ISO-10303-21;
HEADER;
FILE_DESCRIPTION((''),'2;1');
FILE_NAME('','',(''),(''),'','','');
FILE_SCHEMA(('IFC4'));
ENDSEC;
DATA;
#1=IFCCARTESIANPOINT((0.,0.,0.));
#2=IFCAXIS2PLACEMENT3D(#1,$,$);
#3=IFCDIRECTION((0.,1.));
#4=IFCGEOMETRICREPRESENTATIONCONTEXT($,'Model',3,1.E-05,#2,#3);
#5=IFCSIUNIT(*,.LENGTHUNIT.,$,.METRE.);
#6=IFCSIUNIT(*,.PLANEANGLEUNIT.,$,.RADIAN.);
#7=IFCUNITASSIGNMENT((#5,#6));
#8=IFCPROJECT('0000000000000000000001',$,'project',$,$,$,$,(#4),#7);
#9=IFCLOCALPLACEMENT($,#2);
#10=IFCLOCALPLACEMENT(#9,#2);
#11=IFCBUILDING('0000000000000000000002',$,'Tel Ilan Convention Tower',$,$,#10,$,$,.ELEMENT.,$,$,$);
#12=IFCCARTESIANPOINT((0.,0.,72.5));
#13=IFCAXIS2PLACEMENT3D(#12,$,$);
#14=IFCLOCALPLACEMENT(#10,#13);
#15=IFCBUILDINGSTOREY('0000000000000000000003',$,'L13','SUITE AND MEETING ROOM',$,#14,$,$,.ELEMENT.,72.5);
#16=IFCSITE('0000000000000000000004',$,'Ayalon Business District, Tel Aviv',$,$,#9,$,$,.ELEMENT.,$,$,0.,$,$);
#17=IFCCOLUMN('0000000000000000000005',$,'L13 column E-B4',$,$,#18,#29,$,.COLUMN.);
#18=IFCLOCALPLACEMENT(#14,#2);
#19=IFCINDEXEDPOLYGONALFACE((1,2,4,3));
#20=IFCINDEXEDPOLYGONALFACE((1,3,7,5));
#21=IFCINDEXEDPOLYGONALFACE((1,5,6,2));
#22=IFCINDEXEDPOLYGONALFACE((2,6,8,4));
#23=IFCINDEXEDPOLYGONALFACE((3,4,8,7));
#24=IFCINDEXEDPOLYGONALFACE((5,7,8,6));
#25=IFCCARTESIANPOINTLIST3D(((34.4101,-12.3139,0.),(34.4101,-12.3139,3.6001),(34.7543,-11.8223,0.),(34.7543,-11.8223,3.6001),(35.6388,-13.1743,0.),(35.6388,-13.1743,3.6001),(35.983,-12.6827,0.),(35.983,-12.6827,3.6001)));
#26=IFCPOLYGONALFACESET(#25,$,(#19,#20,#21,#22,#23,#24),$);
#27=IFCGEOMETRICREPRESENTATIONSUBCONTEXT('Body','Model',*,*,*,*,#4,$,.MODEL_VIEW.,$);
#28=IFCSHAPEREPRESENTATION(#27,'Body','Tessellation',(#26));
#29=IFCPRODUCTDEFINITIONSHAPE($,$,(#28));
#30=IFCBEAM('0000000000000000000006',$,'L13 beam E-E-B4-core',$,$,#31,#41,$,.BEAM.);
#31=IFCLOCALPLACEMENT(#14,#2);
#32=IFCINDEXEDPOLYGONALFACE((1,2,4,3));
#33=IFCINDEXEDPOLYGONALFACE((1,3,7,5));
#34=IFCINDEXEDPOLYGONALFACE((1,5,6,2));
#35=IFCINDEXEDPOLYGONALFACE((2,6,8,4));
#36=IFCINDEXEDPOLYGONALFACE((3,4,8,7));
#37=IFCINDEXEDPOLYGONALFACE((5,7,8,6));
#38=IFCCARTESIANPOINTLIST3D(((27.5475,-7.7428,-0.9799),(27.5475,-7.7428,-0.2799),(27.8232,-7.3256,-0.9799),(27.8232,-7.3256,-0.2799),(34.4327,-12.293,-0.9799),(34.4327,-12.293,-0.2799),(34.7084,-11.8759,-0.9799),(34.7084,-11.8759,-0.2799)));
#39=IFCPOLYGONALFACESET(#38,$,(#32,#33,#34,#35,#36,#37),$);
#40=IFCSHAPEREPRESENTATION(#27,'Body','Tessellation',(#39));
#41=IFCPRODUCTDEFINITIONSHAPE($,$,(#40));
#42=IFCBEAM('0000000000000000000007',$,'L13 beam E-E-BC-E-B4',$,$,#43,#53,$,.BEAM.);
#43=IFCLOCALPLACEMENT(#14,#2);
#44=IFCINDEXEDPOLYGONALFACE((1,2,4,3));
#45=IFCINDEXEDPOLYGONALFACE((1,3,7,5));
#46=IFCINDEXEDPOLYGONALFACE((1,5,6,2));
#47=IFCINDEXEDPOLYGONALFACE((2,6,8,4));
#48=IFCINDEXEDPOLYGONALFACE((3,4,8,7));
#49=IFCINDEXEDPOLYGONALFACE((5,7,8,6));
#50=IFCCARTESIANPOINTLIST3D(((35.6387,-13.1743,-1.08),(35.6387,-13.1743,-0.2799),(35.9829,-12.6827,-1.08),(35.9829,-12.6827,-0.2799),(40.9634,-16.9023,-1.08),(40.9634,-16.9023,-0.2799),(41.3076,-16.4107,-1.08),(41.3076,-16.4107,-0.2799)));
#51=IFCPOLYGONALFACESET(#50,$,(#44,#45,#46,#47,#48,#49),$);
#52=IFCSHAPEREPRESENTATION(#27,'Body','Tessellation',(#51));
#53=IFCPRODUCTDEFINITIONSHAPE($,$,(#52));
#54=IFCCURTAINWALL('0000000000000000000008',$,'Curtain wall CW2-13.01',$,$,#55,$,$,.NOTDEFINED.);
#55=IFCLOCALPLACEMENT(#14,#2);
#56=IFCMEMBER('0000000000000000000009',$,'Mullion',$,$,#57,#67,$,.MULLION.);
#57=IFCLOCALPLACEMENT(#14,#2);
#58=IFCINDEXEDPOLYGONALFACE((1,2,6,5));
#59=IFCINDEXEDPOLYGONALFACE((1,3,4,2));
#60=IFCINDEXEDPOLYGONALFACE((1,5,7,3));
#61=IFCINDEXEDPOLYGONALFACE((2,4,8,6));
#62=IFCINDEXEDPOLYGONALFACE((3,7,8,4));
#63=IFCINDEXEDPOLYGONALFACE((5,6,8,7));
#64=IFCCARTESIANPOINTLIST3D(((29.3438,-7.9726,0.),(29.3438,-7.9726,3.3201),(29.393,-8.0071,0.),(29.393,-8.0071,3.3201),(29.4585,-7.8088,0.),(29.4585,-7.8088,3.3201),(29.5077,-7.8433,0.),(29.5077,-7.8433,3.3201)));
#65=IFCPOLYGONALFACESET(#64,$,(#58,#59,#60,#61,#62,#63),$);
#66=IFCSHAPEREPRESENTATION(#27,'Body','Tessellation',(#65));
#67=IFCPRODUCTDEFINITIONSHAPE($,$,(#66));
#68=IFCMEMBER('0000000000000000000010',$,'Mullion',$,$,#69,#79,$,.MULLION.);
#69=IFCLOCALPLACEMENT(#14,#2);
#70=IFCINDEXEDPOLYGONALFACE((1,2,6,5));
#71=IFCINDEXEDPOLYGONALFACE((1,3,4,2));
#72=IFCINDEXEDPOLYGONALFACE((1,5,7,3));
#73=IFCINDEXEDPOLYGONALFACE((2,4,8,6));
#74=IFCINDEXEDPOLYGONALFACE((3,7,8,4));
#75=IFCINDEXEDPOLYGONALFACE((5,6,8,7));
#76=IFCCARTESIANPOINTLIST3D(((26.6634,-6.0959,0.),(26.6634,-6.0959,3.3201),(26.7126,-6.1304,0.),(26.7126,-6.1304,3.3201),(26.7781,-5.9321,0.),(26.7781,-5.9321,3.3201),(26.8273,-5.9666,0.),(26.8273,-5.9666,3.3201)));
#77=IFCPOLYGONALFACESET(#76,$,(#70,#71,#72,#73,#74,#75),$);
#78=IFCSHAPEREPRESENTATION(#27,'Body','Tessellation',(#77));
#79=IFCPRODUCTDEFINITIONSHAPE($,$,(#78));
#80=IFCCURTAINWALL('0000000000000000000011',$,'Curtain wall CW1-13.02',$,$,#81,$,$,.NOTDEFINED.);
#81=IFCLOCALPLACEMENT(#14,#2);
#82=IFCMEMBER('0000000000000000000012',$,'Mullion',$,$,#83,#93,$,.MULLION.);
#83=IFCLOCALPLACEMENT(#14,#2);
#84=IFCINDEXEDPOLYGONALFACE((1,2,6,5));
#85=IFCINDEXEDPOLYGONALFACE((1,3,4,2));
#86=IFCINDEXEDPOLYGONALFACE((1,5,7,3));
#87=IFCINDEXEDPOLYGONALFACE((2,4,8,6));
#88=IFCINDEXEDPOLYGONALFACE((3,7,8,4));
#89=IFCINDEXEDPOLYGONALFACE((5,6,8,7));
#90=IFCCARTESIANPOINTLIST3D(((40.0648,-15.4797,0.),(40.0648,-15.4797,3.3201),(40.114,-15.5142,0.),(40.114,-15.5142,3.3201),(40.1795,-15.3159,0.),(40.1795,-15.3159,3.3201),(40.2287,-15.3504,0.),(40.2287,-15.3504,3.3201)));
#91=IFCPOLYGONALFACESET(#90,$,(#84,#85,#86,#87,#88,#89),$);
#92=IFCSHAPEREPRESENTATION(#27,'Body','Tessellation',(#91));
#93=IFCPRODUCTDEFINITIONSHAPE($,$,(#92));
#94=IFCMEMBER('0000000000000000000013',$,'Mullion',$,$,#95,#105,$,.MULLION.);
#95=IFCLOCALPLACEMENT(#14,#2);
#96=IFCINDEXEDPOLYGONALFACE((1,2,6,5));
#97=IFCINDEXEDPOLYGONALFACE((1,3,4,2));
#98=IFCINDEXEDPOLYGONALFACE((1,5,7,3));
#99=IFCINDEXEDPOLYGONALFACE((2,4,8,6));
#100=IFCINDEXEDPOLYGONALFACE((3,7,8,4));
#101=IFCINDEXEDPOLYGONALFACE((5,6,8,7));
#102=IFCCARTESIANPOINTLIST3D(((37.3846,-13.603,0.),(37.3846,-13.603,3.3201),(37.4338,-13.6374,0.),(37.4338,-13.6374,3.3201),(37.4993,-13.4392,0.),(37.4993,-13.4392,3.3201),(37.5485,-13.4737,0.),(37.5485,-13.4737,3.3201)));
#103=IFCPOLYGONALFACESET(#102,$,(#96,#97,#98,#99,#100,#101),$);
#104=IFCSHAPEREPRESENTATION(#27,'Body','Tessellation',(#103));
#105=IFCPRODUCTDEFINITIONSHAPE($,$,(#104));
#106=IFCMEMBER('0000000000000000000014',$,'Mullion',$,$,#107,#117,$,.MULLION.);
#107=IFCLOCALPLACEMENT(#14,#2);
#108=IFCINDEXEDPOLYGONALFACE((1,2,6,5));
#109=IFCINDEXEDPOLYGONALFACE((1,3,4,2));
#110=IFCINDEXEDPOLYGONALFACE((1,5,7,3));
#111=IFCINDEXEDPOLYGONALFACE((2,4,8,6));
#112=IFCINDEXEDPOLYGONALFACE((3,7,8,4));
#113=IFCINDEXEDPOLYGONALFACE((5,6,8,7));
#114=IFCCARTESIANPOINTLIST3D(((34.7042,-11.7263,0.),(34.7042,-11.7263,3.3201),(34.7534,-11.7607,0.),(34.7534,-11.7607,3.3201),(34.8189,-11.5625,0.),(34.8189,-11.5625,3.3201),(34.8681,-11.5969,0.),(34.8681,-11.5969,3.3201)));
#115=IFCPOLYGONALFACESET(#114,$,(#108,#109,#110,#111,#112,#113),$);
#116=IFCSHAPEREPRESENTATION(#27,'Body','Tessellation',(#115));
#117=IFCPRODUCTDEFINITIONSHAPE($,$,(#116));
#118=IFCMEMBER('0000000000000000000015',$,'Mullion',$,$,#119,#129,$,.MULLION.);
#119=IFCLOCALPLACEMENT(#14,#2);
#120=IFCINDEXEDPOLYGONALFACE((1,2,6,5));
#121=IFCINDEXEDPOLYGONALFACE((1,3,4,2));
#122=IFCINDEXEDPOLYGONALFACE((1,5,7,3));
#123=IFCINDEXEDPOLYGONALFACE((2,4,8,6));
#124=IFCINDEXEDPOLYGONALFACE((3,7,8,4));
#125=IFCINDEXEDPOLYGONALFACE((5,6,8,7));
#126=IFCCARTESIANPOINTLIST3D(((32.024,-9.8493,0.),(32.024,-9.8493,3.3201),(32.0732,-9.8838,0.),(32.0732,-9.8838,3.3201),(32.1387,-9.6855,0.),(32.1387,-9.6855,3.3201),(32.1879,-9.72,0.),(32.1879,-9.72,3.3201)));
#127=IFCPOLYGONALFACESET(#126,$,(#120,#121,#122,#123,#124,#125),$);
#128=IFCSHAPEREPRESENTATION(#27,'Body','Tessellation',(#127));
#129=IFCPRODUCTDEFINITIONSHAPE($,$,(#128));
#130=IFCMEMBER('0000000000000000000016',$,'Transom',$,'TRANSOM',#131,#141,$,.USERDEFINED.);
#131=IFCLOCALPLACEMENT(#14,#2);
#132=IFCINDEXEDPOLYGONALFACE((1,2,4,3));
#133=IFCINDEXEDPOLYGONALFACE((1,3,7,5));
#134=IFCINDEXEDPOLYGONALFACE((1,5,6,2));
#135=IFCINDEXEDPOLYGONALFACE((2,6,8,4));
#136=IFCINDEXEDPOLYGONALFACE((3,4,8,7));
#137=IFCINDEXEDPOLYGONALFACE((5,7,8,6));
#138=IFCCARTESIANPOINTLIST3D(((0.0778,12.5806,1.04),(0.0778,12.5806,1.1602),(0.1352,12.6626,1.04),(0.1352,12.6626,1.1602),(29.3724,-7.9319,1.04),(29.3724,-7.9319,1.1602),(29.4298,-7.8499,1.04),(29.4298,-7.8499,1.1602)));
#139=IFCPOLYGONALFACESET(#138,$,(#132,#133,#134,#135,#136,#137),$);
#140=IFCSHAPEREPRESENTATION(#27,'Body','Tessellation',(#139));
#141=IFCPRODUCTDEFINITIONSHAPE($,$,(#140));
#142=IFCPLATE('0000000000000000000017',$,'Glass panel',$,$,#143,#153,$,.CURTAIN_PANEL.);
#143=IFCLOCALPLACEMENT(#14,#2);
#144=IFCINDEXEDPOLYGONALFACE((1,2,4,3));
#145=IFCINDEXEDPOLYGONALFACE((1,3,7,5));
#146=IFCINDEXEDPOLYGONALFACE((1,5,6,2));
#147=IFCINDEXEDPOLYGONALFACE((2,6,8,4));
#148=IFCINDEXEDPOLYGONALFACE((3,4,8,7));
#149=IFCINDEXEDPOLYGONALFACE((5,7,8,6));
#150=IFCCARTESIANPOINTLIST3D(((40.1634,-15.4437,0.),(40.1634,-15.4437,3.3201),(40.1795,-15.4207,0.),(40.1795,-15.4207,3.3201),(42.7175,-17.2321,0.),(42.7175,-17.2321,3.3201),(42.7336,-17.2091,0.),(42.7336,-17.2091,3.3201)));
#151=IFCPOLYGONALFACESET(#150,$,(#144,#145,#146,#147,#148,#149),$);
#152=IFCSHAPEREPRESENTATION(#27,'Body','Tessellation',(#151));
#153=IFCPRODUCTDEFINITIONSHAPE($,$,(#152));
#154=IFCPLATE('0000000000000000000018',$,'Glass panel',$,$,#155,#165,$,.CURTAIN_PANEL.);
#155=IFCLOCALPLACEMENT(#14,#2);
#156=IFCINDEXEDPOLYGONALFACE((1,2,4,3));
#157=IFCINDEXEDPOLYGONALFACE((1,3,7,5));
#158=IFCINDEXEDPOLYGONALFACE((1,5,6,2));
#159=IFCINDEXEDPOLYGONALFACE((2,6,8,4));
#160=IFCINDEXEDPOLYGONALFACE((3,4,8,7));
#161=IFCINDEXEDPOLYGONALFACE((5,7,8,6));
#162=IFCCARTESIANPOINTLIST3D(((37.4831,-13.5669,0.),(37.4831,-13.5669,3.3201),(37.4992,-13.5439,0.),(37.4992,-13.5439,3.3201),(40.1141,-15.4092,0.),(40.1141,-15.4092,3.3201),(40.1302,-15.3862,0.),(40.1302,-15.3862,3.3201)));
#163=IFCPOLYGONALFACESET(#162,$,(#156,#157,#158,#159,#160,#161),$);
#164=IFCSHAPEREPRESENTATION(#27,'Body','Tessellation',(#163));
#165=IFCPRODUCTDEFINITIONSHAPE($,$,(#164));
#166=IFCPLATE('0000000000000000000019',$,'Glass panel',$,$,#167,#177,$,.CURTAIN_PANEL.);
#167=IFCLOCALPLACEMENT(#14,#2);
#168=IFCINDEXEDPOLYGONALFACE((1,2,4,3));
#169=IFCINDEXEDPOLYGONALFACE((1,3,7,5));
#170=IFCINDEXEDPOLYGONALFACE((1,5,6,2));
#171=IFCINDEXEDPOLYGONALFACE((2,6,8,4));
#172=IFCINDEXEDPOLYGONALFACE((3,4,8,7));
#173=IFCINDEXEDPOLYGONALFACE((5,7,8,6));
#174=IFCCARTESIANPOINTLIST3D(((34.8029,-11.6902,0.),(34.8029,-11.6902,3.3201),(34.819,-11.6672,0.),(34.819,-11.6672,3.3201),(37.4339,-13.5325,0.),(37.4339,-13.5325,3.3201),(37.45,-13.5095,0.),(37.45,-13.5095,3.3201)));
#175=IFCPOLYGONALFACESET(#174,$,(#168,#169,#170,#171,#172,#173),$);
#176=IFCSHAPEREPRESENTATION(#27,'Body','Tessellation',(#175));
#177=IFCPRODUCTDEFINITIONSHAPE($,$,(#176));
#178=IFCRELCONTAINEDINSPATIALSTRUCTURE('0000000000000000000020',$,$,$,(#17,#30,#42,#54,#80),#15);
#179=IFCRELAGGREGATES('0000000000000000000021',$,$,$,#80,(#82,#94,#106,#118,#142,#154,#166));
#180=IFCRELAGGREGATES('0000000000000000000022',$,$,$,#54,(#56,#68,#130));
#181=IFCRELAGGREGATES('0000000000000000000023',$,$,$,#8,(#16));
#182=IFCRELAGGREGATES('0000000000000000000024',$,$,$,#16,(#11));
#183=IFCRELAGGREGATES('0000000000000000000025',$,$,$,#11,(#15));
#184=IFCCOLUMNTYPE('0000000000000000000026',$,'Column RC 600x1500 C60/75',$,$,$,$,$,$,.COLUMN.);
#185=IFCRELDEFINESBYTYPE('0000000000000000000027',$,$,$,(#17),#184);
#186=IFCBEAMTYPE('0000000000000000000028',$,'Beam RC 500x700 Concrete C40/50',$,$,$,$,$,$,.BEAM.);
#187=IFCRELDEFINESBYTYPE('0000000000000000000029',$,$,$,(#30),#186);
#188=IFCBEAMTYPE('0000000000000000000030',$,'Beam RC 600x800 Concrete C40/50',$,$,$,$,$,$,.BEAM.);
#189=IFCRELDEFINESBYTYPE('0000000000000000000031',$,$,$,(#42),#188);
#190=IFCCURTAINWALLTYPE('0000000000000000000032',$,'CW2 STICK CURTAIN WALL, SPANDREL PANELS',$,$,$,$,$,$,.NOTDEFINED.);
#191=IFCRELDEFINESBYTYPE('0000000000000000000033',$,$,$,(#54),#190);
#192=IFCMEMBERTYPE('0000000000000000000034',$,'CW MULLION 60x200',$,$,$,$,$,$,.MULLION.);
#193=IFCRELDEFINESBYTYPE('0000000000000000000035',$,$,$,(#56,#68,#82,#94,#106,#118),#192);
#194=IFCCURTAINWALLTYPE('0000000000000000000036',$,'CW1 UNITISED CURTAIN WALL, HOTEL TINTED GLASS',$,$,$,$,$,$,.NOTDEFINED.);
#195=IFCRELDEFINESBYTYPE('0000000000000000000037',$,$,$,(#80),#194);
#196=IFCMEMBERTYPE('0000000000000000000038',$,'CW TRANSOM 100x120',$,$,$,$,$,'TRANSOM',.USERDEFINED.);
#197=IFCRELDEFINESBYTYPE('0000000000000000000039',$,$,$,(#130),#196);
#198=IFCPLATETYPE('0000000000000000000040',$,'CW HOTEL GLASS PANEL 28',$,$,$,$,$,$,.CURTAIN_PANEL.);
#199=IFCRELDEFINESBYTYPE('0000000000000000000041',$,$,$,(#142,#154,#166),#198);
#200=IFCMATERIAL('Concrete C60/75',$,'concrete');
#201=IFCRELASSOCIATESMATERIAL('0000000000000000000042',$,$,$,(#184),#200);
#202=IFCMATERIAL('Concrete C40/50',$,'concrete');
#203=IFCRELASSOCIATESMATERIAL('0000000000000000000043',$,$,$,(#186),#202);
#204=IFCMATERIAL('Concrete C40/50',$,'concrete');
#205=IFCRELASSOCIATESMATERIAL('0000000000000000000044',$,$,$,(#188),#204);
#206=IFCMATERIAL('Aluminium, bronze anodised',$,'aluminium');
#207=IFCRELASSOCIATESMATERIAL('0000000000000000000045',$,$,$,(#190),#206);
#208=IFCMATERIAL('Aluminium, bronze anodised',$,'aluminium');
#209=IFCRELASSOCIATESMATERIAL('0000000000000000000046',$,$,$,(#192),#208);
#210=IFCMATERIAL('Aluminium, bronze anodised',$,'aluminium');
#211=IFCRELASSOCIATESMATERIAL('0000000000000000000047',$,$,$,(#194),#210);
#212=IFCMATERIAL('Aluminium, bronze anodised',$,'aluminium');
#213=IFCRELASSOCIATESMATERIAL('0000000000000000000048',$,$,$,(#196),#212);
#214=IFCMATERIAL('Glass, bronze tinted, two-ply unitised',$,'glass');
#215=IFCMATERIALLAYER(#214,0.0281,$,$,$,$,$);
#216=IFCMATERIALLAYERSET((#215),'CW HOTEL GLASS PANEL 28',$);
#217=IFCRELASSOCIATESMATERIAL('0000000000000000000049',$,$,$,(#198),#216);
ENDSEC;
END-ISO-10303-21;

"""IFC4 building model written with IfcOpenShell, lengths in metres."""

from ifc_helpers import new_model, si_unit, direction, frame, origin, origin_2d, place, context, subcontext, project, spatial, rectangle, extrude, material, layer, layer_set, material_profile, profile_set, type_object, element, aggregate, save


model = new_model("IFC4")

# Units and contexts
model_context = context("Model", 3, precision=1e-05, world=origin(), true_north=direction((0.0, 1.0)))
body_context = subcontext(model_context, "Body", "Model", "MODEL_VIEW")
ifc_project = project(units=[si_unit("LENGTHUNIT", "METRE"), si_unit("PLANEANGLEUNIT", "RADIAN")], contexts=[model_context])

# Site, building, storey
site_placement = place(None, origin())
site = spatial("IfcSite", under=ifc_project, at=site_placement, Name="Ayalon Business District, Tel Aviv", CompositionType="ELEMENT", RefElevation=0.0)
building_placement = place(site_placement, origin())
building = spatial("IfcBuilding", under=site, at=building_placement, Name="Tel Ilan Convention Tower", CompositionType="ELEMENT")
storey_placement = place(building_placement, frame((0.0, 0.0, 72.5)))
storey = spatial("IfcBuildingStorey", under=building, at=storey_placement, Name="L13", Description="SUITE AND MEETING ROOM", CompositionType="ELEMENT", Elevation=72.5)

# Column
ifc_material_1 = material(Name="Concrete C60/75", Category="concrete")
ifc_material_profile_1 = material_profile(ifc_material_1, rectangle(XDim=1.5, YDim=0.6001, at=origin_2d()), Name="RC 600x1500")
ifc_profile_set_1 = profile_set([ifc_material_profile_1], Name="Concrete C60/75")
column_type = type_object("IfcColumnType", Name="Column RC 600x1500 C60/75", PredefinedType="COLUMN", material=ifc_profile_set_1)
column_placement = place(storey_placement, frame((35.1965, -12.4983, 0.0), z_axis=(0.0, 0.0, 1.0), x_axis=(0.819152, -0.573576, 0.0)))
element("IfcColumn", 1, at=column_placement, inside=storey, type_object=column_type, Name="L13 column E-B4", PredefinedType="COLUMN", context=body_context, shape_type="SweptSolid", body=[
    extrude(rectangle(XDim=1.5, YDim=0.6001, at=origin_2d()), origin(), (0.0, 0.0, 1.0), 3.6001),
])

# Beams
ifc_material_2 = material(Name="Concrete C40/50", Category="concrete")
ifc_material_profile_2 = material_profile(ifc_material_2, rectangle(XDim=0.5, YDim=0.7, at=origin_2d()), Name="RC 500x700")
ifc_profile_set_2 = profile_set([ifc_material_profile_2], Name="Concrete C40/50")
beam_type_1 = type_object("IfcBeamType", Name="Beam RC 500x700 Concrete C40/50", PredefinedType="BEAM", material=ifc_profile_set_2)
beam_1_placement = place(storey_placement, frame((34.5706, -12.0845, -0.6299), z_axis=(-0.834274, 0.551351, 0.0), x_axis=(-0.551351, -0.834274, 0.0)))
element("IfcBeam", 2, at=beam_1_placement, inside=storey, type_object=beam_type_1, Name="L13 beam E-E-B4-core", PredefinedType="BEAM", context=body_context, shape_type="SweptSolid", body=[
    extrude(rectangle(XDim=0.5, YDim=0.7, at=origin_2d()), origin(), (0.0, 0.0, 1.0), 8.2529),
])
ifc_material_3 = material(Name="Concrete C40/50", Category="concrete")
ifc_material_profile_3 = material_profile(ifc_material_3, rectangle(XDim=0.6001, YDim=0.8, at=origin_2d()), Name="RC 600x800")
ifc_profile_set_3 = profile_set([ifc_material_profile_3], Name="Concrete C40/50")
beam_type_2 = type_object("IfcBeamType", Name="Beam RC 600x800 Concrete C40/50", PredefinedType="BEAM", material=ifc_profile_set_3)
beam_2_placement = place(storey_placement, frame((41.1355, -16.6565, -0.6799), z_axis=(-0.819179, 0.573538, 0.0), x_axis=(-0.573538, -0.819179, 0.0)))
element("IfcBeam", 3, at=beam_2_placement, inside=storey, type_object=beam_type_2, Name="L13 beam E-E-BC-E-B4", PredefinedType="BEAM", context=body_context, shape_type="SweptSolid", body=[
    extrude(rectangle(XDim=0.6001, YDim=0.8, at=origin_2d()), origin(), (0.0, 0.0, 1.0), 6.5),
])

# Curtain walls, members
ifc_material_4 = material(Name="Aluminium, bronze anodised", Category="aluminium")
curtain_wall_type_1 = type_object("IfcCurtainWallType", Name="CW2 STICK CURTAIN WALL, SPANDREL PANELS", PredefinedType="NOTDEFINED", material=ifc_material_4)
curtain_wall_1_placement = place(storey_placement, origin())
curtain_wall_1 = element("IfcCurtainWall", 4, at=curtain_wall_1_placement, inside=storey, type_object=curtain_wall_type_1, Name="Curtain wall CW2-13.01", PredefinedType="NOTDEFINED")
ifc_material_5 = material(Name="Aluminium, bronze anodised", Category="aluminium")
ifc_material_profile_4 = material_profile(ifc_material_5, rectangle(XDim=0.0601, YDim=0.2, at=origin_2d()), Name="CW MULLION 60x200")
ifc_profile_set_4 = profile_set([ifc_material_profile_4], Name="Aluminium, bronze anodised")
member_type_1 = type_object("IfcMemberType", Name="CW MULLION 60x200", PredefinedType="MULLION", material=ifc_profile_set_4)
member_1_placement = place(storey_placement, frame((29.4258, -7.908, 0.0), z_axis=(0.0, 0.0, 1.0), x_axis=(-0.819152, 0.573576, 0.0)))
member_1 = element("IfcMember", 5, at=member_1_placement, type_object=member_type_1, Name="Mullion", PredefinedType="MULLION", context=body_context, shape_type="SweptSolid", body=[
    extrude(rectangle(XDim=0.0601, YDim=0.2, at=origin_2d()), origin(), (0.0, 0.0, 1.0), 3.3201),
])
member_2_placement = place(storey_placement, frame((26.7454, -6.0312, 0.0), z_axis=(0.0, 0.0, 1.0), x_axis=(-0.819152, 0.573576, 0.0)))
member_2 = element("IfcMember", 6, at=member_2_placement, type_object=member_type_1, Name="Mullion", PredefinedType="MULLION", context=body_context, shape_type="SweptSolid", body=[
    extrude(rectangle(XDim=0.0601, YDim=0.2, at=origin_2d()), origin(), (0.0, 0.0, 1.0), 3.3201),
])
ifc_material_6 = material(Name="Aluminium, bronze anodised", Category="aluminium")
curtain_wall_type_2 = type_object("IfcCurtainWallType", Name="CW1 UNITISED CURTAIN WALL, HOTEL TINTED GLASS", PredefinedType="NOTDEFINED", material=ifc_material_6)
curtain_wall_2_placement = place(storey_placement, origin())
curtain_wall_2 = element("IfcCurtainWall", 7, at=curtain_wall_2_placement, inside=storey, type_object=curtain_wall_type_2, Name="Curtain wall CW1-13.02", PredefinedType="NOTDEFINED")
member_3_placement = place(storey_placement, frame((40.1467, -15.415, 0.0), z_axis=(0.0, 0.0, 1.0), x_axis=(-0.819152, 0.573576, 0.0)))
member_3 = element("IfcMember", 8, at=member_3_placement, type_object=member_type_1, Name="Mullion", PredefinedType="MULLION", context=body_context, shape_type="SweptSolid", body=[
    extrude(rectangle(XDim=0.0601, YDim=0.2, at=origin_2d()), origin(), (0.0, 0.0, 1.0), 3.3201),
])
member_4_placement = place(storey_placement, frame((37.4666, -13.5383, 0.0), z_axis=(0.0, 0.0, 1.0), x_axis=(-0.819152, 0.573576, 0.0)))
member_4 = element("IfcMember", 9, at=member_4_placement, type_object=member_type_1, Name="Mullion", PredefinedType="MULLION", context=body_context, shape_type="SweptSolid", body=[
    extrude(rectangle(XDim=0.0601, YDim=0.2, at=origin_2d()), origin(), (0.0, 0.0, 1.0), 3.3201),
])
member_5_placement = place(storey_placement, frame((34.7861, -11.6616, 0.0), z_axis=(0.0, 0.0, 1.0), x_axis=(-0.819152, 0.573576, 0.0)))
member_5 = element("IfcMember", 10, at=member_5_placement, type_object=member_type_1, Name="Mullion", PredefinedType="MULLION", context=body_context, shape_type="SweptSolid", body=[
    extrude(rectangle(XDim=0.0601, YDim=0.2, at=origin_2d()), origin(), (0.0, 0.0, 1.0), 3.3201),
])
member_6_placement = place(storey_placement, frame((32.106, -9.7847, 0.0), z_axis=(0.0, 0.0, 1.0), x_axis=(-0.819152, 0.573576, 0.0)))
member_6 = element("IfcMember", 11, at=member_6_placement, type_object=member_type_1, Name="Mullion", PredefinedType="MULLION", context=body_context, shape_type="SweptSolid", body=[
    extrude(rectangle(XDim=0.0601, YDim=0.2, at=origin_2d()), origin(), (0.0, 0.0, 1.0), 3.3201),
])

# Member
ifc_material_7 = material(Name="Aluminium, bronze anodised", Category="aluminium")
ifc_material_profile_5 = material_profile(ifc_material_7, rectangle(XDim=0.1001, YDim=0.1201, at=origin_2d()), Name="CW TRANSOM 100x120")
ifc_profile_set_5 = profile_set([ifc_material_profile_5], Name="Aluminium, bronze anodised")
member_type_2 = type_object("IfcMemberType", Name="CW TRANSOM 100x120", ElementType="TRANSOM", PredefinedType="USERDEFINED", material=ifc_profile_set_5)
member_7_placement = place(storey_placement, frame((29.4011, -7.8909, 1.1001), z_axis=(-0.819151, 0.573578, 0.0), x_axis=(-0.573578, -0.819151, 0.0)))
member_7 = element("IfcMember", 12, at=member_7_placement, type_object=member_type_2, Name="Transom", ObjectType="TRANSOM", PredefinedType="USERDEFINED", context=body_context, shape_type="SweptSolid", body=[
    extrude(rectangle(XDim=0.1001, YDim=0.1201, at=origin_2d()), origin(), (0.0, 0.0, 1.0), 35.7622),
])

# Plates
ifc_material_8 = material(Name="Glass, bronze tinted, two-ply unitised", Category="glass")
ifc_layer_1 = layer(ifc_material_8, 0.0281)
ifc_layer_set_1 = layer_set([ifc_layer_1], Name="CW HOTEL GLASS PANEL 28")
plate_type_1 = type_object("IfcPlateType", Name="CW HOTEL GLASS PANEL 28", PredefinedType="CURTAIN_PANEL", material=ifc_layer_set_1)
plate_1_placement = place(storey_placement, frame((41.4485, -16.3264, 0.0), z_axis=(0.0, 0.0, 1.0), x_axis=(-0.819152, 0.573576, 0.0)))
plate_1 = element("IfcPlate", 13, at=plate_1_placement, type_object=plate_type_1, Name="Glass panel", PredefinedType="CURTAIN_PANEL", context=body_context, shape_type="SweptSolid", body=[
    extrude(rectangle(XDim=3.1179, YDim=0.0281, at=origin_2d()), origin(), (0.0, 0.0, 1.0), 3.3201),
])
plate_2_placement = place(storey_placement, frame((38.8066, -14.4766, 0.0), z_axis=(0.0, 0.0, 1.0), x_axis=(-0.819152, 0.573576, 0.0)))
plate_2 = element("IfcPlate", 14, at=plate_2_placement, type_object=plate_type_1, Name="Glass panel", PredefinedType="CURTAIN_PANEL", context=body_context, shape_type="SweptSolid", body=[
    extrude(rectangle(XDim=3.2119, YDim=0.0281, at=origin_2d()), origin(), (0.0, 0.0, 1.0), 3.3201),
])
plate_3_placement = place(storey_placement, frame((36.1265, -12.5999, 0.0), z_axis=(0.0, 0.0, 1.0), x_axis=(-0.819152, 0.573576, 0.0)))
plate_3 = element("IfcPlate", 15, at=plate_3_placement, type_object=plate_type_1, Name="Glass panel", PredefinedType="CURTAIN_PANEL", context=body_context, shape_type="SweptSolid", body=[
    extrude(rectangle(XDim=3.2119, YDim=0.0281, at=origin_2d()), origin(), (0.0, 0.0, 1.0), 3.3201),
])
aggregate(curtain_wall_2, [member_3, member_4, member_5, member_6, plate_1, plate_2, plate_3])
aggregate(curtain_wall_1, [member_1, member_2, member_7])

save(model, "model.ifc")
